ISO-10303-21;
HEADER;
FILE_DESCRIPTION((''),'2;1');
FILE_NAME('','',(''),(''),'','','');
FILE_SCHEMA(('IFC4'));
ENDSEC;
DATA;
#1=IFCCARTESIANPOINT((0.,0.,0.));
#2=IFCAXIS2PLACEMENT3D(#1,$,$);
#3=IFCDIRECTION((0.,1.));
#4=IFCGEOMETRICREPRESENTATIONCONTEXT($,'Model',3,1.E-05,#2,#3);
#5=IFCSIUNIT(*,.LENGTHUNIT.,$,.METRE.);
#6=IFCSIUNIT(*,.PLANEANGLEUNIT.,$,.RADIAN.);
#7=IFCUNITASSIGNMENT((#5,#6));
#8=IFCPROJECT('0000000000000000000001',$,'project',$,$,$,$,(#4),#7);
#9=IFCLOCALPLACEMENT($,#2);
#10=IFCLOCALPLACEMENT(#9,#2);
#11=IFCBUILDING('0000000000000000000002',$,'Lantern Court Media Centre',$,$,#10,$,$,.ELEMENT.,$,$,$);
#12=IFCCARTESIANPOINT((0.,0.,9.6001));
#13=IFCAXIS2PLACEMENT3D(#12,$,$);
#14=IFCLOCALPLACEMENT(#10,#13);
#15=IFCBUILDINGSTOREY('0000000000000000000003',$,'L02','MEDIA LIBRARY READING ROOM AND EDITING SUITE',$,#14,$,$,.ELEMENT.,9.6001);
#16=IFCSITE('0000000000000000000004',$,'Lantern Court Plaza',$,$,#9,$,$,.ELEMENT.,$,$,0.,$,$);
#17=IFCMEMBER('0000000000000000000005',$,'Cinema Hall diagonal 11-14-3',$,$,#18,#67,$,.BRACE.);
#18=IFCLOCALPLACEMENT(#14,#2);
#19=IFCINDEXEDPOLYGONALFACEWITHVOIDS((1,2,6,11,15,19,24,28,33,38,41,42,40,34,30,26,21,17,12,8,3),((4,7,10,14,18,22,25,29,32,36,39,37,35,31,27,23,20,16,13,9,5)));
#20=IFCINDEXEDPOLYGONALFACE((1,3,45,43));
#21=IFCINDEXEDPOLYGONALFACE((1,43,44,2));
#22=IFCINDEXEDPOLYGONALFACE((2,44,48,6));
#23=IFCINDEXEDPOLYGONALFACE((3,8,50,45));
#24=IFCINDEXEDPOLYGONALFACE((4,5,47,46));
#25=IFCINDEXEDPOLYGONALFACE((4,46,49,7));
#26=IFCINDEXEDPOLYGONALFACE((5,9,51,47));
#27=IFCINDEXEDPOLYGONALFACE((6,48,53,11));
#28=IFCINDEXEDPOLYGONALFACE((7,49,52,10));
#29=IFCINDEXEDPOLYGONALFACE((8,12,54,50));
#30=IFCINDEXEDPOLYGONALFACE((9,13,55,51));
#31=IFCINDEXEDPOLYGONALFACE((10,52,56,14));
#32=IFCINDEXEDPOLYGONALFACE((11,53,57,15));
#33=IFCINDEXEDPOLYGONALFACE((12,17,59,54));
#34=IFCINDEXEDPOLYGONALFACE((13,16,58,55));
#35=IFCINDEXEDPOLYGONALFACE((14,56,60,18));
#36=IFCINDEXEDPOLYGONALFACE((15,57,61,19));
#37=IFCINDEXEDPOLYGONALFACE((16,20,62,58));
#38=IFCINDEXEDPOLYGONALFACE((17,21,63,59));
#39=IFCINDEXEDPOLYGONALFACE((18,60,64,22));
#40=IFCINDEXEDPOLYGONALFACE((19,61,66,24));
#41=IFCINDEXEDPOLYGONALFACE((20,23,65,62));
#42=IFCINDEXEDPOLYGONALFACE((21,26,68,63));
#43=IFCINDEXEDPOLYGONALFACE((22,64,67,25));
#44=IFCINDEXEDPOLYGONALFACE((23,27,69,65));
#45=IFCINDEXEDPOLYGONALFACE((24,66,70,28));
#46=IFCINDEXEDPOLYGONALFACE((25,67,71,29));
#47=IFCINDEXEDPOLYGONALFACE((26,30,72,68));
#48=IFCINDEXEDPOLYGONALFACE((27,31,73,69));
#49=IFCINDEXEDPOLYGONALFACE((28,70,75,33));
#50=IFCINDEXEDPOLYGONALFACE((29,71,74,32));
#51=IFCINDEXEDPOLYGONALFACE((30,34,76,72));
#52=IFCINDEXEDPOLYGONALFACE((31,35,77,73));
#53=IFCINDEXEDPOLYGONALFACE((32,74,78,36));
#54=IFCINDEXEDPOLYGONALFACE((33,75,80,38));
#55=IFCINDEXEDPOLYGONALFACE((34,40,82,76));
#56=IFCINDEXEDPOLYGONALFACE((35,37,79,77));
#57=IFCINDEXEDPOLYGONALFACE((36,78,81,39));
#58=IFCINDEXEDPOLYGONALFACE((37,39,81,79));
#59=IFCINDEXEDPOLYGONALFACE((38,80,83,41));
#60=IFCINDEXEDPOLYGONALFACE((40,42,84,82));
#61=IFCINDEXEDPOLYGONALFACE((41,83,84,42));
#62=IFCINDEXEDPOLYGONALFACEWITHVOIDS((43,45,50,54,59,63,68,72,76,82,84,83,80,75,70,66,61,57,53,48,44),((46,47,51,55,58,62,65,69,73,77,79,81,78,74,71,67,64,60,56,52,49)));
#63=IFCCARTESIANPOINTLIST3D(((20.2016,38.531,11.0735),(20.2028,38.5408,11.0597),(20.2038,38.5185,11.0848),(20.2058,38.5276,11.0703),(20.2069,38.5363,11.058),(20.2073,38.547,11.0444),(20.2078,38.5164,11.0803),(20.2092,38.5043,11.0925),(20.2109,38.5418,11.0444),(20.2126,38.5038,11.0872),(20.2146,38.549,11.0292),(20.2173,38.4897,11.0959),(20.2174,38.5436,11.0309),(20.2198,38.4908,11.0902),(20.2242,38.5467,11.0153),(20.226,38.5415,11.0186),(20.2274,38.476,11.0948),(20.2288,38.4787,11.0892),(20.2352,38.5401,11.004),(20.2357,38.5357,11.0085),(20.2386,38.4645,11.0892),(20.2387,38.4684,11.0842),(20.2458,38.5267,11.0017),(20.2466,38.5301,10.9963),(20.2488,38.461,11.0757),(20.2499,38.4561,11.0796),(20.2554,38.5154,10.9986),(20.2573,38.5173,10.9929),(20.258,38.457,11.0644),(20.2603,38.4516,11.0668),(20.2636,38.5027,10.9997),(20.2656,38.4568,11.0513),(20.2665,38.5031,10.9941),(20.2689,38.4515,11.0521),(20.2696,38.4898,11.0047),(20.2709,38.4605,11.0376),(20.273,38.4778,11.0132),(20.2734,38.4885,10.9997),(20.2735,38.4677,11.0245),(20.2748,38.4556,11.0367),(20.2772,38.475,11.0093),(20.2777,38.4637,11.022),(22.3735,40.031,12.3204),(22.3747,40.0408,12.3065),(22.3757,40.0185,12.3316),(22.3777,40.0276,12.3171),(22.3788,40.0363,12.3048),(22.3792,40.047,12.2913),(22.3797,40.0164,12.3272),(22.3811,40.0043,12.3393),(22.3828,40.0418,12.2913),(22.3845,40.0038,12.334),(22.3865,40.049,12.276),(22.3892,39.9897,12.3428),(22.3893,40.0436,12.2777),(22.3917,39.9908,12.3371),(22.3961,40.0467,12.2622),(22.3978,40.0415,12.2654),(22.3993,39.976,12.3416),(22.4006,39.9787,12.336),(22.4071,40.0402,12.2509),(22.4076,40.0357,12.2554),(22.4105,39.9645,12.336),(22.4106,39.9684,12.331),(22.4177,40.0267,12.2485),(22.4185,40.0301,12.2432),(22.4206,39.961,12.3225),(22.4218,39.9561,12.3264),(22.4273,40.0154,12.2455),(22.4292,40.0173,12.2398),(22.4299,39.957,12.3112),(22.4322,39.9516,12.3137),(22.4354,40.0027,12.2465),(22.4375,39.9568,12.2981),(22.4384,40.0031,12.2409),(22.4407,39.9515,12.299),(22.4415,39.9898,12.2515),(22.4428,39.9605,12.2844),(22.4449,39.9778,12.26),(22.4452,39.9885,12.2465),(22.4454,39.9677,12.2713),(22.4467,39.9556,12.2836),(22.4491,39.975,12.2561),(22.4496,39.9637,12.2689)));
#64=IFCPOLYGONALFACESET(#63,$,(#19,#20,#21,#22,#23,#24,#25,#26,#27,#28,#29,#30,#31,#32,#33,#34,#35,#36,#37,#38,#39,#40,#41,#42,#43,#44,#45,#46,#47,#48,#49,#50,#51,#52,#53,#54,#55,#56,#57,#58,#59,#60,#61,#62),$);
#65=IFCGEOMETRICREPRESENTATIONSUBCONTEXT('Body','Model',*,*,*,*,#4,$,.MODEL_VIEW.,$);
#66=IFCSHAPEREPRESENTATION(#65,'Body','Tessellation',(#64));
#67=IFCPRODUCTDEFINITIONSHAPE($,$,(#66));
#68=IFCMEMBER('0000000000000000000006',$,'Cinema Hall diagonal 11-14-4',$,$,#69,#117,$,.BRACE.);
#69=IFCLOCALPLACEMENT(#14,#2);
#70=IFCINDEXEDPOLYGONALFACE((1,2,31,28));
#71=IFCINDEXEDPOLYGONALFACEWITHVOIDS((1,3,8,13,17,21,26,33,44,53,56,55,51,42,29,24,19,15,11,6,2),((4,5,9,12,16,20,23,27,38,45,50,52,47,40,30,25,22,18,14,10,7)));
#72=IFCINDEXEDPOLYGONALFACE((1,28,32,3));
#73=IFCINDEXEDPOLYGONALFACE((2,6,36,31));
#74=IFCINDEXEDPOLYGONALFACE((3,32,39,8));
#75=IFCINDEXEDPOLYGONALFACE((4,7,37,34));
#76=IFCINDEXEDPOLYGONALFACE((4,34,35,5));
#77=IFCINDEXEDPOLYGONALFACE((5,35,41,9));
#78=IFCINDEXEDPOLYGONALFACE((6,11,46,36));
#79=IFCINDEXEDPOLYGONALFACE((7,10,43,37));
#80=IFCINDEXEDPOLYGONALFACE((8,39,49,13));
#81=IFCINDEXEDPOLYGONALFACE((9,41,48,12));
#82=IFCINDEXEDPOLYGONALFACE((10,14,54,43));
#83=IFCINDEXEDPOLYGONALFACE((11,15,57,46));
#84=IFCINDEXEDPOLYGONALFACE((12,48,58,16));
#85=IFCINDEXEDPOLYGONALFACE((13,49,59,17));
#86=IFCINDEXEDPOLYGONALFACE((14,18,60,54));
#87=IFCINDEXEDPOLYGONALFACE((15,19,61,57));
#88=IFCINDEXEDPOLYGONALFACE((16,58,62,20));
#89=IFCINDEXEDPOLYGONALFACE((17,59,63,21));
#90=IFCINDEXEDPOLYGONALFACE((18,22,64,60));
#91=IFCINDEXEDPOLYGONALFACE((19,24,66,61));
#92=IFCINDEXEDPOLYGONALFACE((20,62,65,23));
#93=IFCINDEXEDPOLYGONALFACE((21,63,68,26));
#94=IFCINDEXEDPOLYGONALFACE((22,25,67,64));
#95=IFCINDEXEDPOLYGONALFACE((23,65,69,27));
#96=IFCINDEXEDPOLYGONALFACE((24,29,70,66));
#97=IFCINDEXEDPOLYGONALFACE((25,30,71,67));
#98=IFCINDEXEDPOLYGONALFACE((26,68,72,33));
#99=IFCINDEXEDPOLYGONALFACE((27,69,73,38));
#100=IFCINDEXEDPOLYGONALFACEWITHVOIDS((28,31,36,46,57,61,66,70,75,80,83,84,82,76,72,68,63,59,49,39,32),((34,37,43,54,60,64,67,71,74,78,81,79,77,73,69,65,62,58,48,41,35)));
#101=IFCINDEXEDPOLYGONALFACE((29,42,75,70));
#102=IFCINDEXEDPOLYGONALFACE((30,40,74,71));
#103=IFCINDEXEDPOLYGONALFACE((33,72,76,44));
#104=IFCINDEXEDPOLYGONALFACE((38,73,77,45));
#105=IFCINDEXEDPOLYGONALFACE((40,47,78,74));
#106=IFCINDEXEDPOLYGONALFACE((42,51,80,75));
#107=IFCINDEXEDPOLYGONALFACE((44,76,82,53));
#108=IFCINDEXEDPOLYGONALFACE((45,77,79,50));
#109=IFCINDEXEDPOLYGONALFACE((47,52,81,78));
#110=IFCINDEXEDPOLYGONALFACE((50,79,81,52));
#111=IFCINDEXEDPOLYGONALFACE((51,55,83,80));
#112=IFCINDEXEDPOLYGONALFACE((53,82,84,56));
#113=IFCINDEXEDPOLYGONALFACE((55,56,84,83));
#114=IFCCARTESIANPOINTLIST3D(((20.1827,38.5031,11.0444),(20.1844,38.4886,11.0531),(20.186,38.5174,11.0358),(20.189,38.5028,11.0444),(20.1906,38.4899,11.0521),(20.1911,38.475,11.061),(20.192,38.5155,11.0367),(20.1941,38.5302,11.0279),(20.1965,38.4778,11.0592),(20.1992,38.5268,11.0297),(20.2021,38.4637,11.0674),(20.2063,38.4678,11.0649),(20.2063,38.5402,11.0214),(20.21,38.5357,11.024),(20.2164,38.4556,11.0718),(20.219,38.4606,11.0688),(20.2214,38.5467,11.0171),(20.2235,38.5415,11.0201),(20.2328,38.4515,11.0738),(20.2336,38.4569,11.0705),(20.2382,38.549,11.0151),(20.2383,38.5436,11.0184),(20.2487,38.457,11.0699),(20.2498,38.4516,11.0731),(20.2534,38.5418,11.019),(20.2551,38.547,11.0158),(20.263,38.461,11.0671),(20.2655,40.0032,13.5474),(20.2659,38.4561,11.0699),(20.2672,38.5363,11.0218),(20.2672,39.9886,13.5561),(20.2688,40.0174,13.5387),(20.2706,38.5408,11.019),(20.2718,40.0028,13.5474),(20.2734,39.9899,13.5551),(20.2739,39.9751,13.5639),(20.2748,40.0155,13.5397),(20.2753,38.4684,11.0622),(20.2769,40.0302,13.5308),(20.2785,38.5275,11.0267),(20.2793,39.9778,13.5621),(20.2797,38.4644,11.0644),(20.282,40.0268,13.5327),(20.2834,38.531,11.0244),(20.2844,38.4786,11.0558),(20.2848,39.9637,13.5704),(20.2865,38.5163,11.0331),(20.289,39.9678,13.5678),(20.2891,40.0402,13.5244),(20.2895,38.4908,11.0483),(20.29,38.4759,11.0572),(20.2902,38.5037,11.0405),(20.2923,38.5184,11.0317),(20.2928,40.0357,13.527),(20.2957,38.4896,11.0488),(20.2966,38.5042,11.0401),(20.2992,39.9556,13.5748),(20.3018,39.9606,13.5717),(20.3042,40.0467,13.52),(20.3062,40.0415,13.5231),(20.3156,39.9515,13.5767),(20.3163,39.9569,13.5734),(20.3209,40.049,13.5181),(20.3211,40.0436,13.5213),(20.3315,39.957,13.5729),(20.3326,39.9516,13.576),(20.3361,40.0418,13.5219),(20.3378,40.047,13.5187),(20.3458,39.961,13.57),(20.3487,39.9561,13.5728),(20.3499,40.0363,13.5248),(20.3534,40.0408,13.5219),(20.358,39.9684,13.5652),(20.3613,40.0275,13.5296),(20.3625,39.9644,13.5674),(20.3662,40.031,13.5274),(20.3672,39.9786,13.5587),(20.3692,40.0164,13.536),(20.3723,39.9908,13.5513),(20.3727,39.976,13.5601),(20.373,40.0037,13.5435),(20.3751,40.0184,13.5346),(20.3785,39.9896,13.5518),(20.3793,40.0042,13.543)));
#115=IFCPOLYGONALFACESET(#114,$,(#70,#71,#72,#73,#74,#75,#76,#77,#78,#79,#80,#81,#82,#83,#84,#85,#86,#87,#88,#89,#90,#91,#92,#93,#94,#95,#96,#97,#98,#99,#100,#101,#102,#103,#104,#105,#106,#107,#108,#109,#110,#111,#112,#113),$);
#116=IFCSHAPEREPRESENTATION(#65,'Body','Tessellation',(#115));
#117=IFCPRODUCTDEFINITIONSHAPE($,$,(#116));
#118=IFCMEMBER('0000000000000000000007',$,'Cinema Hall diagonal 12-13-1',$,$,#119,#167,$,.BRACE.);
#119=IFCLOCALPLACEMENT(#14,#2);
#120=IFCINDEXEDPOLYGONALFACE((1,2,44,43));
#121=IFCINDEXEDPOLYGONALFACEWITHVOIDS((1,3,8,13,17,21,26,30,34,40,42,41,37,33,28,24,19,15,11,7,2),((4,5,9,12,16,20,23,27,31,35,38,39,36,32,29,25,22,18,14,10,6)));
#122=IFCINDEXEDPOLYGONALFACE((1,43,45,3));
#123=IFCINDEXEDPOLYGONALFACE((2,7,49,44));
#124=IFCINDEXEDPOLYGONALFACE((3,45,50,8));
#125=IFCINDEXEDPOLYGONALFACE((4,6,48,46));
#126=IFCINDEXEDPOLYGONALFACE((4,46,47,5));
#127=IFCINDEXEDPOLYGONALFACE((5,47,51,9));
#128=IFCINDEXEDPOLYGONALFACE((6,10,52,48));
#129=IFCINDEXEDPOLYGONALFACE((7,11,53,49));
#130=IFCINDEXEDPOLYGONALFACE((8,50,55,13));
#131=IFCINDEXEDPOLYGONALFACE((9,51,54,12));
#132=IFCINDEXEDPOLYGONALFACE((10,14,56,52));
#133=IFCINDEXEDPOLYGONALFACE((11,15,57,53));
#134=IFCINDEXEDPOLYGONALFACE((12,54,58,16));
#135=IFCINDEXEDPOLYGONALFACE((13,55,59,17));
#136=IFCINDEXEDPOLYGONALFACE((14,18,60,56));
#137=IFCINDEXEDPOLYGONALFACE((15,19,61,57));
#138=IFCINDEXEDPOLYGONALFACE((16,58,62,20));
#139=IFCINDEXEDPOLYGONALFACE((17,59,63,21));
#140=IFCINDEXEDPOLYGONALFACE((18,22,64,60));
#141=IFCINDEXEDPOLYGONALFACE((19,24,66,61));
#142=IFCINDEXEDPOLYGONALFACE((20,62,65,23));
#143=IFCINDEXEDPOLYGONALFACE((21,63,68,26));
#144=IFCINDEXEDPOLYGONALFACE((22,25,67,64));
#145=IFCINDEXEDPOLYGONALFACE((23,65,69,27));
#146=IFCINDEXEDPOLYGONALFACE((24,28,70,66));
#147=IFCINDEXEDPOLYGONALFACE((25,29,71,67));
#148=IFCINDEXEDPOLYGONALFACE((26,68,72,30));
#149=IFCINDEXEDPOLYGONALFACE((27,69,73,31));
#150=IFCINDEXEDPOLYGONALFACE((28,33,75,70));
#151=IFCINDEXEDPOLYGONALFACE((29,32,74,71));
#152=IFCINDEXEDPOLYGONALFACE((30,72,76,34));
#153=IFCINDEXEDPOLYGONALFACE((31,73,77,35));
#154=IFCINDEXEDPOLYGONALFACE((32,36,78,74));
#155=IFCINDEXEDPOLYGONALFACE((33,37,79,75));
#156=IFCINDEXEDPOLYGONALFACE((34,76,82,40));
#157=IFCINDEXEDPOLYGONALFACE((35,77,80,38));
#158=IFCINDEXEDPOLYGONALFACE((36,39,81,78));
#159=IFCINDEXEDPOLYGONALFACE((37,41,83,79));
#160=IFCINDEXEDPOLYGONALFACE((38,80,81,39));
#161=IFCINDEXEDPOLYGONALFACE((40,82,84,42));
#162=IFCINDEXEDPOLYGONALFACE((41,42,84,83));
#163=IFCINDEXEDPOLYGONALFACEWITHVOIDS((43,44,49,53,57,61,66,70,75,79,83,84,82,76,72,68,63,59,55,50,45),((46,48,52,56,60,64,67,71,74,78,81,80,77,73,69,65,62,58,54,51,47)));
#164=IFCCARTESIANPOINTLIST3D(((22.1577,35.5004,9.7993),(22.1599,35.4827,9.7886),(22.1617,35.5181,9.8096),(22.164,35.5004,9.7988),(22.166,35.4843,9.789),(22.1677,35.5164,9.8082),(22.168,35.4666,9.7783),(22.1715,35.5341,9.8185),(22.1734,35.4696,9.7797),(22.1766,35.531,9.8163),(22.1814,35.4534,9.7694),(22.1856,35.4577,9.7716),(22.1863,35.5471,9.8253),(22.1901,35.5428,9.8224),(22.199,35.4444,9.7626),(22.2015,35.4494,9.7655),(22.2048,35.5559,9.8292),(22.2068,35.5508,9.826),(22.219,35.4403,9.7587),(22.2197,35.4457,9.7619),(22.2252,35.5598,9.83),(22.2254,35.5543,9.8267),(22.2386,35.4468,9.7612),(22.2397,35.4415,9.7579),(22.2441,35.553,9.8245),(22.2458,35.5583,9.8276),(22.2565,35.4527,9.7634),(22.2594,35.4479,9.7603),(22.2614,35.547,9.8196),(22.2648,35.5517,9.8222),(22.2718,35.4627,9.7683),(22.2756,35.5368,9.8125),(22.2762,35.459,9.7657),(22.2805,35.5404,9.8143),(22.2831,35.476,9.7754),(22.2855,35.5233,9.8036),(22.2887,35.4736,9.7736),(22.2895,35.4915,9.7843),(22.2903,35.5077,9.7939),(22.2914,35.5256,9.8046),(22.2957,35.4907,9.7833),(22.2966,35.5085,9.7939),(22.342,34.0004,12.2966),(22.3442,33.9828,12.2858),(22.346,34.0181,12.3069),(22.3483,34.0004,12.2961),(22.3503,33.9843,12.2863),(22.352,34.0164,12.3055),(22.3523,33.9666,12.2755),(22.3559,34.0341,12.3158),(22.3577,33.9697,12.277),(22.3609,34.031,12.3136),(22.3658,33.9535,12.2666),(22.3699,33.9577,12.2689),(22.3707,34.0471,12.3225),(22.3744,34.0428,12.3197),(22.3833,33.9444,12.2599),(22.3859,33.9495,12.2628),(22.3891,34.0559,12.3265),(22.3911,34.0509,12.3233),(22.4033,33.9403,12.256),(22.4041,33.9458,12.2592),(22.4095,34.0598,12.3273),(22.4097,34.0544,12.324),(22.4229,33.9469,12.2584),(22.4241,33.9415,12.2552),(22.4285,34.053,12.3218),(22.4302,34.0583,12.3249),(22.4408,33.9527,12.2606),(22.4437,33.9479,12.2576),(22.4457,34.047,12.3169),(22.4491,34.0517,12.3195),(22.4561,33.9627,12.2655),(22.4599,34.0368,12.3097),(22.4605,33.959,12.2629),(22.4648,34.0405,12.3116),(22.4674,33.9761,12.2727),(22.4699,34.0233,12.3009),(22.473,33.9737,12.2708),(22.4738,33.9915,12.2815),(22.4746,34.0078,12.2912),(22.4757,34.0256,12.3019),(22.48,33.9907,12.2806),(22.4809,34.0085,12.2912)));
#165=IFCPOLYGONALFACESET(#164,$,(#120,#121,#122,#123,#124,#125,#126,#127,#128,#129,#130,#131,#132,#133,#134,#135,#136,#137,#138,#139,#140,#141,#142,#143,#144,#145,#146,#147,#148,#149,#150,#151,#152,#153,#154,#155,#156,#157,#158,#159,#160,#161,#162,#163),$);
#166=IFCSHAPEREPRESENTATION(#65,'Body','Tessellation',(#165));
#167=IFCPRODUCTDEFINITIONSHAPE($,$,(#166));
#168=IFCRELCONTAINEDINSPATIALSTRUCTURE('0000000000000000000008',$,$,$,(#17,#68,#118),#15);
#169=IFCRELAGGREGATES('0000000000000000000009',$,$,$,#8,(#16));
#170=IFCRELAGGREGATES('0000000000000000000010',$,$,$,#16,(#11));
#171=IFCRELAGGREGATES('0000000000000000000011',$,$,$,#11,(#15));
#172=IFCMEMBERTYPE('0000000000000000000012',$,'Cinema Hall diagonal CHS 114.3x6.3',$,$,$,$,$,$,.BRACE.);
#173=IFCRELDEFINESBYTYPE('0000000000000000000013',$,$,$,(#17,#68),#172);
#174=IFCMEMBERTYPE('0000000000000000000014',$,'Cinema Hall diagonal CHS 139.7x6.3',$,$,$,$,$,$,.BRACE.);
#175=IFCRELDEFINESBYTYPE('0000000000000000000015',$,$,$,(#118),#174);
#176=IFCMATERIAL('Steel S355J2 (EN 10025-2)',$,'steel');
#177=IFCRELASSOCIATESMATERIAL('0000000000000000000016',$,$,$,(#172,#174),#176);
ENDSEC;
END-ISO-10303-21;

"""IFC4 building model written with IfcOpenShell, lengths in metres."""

from ifc_helpers import new_model, si_unit, direction, frame, origin, origin_2d, place, context, subcontext, project, spatial, hollow_circle, extrude, material, material_profile, profile_set, type_object, element, save


model = new_model("IFC4")

# Units and contexts
model_context = context("Model", 3, precision=1e-05, world=origin(), true_north=direction((0.0, 1.0)))
body_context = subcontext(model_context, "Body", "Model", "MODEL_VIEW")
ifc_project = project(units=[si_unit("LENGTHUNIT", "METRE"), si_unit("PLANEANGLEUNIT", "RADIAN")], contexts=[model_context])

# Site, building, storey
site_placement = place(None, origin())
site = spatial("IfcSite", under=ifc_project, at=site_placement, Name="Lantern Court Plaza", CompositionType="ELEMENT", RefElevation=0.0)
building_placement = place(site_placement, origin())
building = spatial("IfcBuilding", under=site, at=building_placement, Name="Lantern Court Media Centre", CompositionType="ELEMENT")
storey_placement = place(building_placement, frame((0.0, 0.0, 9.6001)))
storey = spatial("IfcBuildingStorey", under=building, at=storey_placement, Name="L02", Description="MEDIA LIBRARY READING ROOM AND EDITING SUITE", CompositionType="ELEMENT", Elevation=9.6001)

# Members
ifc_material = material(Name="Steel S355J2 (EN 10025-2)", Category="steel")
ifc_material_profile_1 = material_profile(ifc_material, hollow_circle(Radius=0.0571, WallThickness=0.0063, at=origin_2d()), Name="Cinema Hall diagonal CHS 114.3x6.3")
ifc_profile_set_1 = profile_set([ifc_material_profile_1], Name="Steel S355J2 (EN 10025-2)")
member_type_1 = type_object("IfcMemberType", Name="Cinema Hall diagonal CHS 114.3x6.3", PredefinedType="BRACE", material=ifc_profile_set_1)
for number, where, z_axis, x_axis, name in (
    (1, (20.2397, 38.5, 11.0444), (0.744002, 0.513843, 0.427115), (-0.568286, 0.822831, 0.0), "Cinema Hall diagonal 11-14-3"),
    (2, (20.2397, 38.5, 11.0444), (0.028352, 0.513846, 0.857414), (-0.998481, 0.055092, 0.0), "Cinema Hall diagonal 11-14-4"),
):
    element("IfcMember", number, at=place(storey_placement, frame(where, z_axis=z_axis, x_axis=x_axis)), inside=storey, type_object=member_type_1, Name=name, PredefinedType="BRACE", context=body_context, shape_type="SweptSolid", body=[
        extrude(hollow_circle(Radius=0.0571, WallThickness=0.0063, at=origin_2d()), origin(), (0.0, 0.0, 1.0), 2.9192),
    ])
ifc_material_profile_2 = material_profile(ifc_material, hollow_circle(Radius=0.0698, WallThickness=0.0063, at=origin_2d()), Name="Cinema Hall diagonal CHS 139.7x6.3")
ifc_profile_set_2 = profile_set([ifc_material_profile_2], Name="Steel S355J2 (EN 10025-2)")
member_type_2 = type_object("IfcMemberType", Name="Cinema Hall diagonal CHS 139.7x6.3", PredefinedType="BRACE", material=ifc_profile_set_2)
member_1_placement = place(storey_placement, frame((22.2273, 35.5, 9.7939), z_axis=(0.063147, -0.513875, 0.855538), x_axis=(0.992534, 0.121967, 0.0)))
element("IfcMember", 3, at=member_1_placement, inside=storey, type_object=member_type_2, Name="Cinema Hall diagonal 12-13-1", PredefinedType="BRACE", context=body_context, shape_type="SweptSolid", body=[
    extrude(hollow_circle(Radius=0.0698, WallThickness=0.0063, at=origin_2d()), origin(), (0.0, 0.0, 1.0), 2.9189),
])

save(model, "model.ifc")
